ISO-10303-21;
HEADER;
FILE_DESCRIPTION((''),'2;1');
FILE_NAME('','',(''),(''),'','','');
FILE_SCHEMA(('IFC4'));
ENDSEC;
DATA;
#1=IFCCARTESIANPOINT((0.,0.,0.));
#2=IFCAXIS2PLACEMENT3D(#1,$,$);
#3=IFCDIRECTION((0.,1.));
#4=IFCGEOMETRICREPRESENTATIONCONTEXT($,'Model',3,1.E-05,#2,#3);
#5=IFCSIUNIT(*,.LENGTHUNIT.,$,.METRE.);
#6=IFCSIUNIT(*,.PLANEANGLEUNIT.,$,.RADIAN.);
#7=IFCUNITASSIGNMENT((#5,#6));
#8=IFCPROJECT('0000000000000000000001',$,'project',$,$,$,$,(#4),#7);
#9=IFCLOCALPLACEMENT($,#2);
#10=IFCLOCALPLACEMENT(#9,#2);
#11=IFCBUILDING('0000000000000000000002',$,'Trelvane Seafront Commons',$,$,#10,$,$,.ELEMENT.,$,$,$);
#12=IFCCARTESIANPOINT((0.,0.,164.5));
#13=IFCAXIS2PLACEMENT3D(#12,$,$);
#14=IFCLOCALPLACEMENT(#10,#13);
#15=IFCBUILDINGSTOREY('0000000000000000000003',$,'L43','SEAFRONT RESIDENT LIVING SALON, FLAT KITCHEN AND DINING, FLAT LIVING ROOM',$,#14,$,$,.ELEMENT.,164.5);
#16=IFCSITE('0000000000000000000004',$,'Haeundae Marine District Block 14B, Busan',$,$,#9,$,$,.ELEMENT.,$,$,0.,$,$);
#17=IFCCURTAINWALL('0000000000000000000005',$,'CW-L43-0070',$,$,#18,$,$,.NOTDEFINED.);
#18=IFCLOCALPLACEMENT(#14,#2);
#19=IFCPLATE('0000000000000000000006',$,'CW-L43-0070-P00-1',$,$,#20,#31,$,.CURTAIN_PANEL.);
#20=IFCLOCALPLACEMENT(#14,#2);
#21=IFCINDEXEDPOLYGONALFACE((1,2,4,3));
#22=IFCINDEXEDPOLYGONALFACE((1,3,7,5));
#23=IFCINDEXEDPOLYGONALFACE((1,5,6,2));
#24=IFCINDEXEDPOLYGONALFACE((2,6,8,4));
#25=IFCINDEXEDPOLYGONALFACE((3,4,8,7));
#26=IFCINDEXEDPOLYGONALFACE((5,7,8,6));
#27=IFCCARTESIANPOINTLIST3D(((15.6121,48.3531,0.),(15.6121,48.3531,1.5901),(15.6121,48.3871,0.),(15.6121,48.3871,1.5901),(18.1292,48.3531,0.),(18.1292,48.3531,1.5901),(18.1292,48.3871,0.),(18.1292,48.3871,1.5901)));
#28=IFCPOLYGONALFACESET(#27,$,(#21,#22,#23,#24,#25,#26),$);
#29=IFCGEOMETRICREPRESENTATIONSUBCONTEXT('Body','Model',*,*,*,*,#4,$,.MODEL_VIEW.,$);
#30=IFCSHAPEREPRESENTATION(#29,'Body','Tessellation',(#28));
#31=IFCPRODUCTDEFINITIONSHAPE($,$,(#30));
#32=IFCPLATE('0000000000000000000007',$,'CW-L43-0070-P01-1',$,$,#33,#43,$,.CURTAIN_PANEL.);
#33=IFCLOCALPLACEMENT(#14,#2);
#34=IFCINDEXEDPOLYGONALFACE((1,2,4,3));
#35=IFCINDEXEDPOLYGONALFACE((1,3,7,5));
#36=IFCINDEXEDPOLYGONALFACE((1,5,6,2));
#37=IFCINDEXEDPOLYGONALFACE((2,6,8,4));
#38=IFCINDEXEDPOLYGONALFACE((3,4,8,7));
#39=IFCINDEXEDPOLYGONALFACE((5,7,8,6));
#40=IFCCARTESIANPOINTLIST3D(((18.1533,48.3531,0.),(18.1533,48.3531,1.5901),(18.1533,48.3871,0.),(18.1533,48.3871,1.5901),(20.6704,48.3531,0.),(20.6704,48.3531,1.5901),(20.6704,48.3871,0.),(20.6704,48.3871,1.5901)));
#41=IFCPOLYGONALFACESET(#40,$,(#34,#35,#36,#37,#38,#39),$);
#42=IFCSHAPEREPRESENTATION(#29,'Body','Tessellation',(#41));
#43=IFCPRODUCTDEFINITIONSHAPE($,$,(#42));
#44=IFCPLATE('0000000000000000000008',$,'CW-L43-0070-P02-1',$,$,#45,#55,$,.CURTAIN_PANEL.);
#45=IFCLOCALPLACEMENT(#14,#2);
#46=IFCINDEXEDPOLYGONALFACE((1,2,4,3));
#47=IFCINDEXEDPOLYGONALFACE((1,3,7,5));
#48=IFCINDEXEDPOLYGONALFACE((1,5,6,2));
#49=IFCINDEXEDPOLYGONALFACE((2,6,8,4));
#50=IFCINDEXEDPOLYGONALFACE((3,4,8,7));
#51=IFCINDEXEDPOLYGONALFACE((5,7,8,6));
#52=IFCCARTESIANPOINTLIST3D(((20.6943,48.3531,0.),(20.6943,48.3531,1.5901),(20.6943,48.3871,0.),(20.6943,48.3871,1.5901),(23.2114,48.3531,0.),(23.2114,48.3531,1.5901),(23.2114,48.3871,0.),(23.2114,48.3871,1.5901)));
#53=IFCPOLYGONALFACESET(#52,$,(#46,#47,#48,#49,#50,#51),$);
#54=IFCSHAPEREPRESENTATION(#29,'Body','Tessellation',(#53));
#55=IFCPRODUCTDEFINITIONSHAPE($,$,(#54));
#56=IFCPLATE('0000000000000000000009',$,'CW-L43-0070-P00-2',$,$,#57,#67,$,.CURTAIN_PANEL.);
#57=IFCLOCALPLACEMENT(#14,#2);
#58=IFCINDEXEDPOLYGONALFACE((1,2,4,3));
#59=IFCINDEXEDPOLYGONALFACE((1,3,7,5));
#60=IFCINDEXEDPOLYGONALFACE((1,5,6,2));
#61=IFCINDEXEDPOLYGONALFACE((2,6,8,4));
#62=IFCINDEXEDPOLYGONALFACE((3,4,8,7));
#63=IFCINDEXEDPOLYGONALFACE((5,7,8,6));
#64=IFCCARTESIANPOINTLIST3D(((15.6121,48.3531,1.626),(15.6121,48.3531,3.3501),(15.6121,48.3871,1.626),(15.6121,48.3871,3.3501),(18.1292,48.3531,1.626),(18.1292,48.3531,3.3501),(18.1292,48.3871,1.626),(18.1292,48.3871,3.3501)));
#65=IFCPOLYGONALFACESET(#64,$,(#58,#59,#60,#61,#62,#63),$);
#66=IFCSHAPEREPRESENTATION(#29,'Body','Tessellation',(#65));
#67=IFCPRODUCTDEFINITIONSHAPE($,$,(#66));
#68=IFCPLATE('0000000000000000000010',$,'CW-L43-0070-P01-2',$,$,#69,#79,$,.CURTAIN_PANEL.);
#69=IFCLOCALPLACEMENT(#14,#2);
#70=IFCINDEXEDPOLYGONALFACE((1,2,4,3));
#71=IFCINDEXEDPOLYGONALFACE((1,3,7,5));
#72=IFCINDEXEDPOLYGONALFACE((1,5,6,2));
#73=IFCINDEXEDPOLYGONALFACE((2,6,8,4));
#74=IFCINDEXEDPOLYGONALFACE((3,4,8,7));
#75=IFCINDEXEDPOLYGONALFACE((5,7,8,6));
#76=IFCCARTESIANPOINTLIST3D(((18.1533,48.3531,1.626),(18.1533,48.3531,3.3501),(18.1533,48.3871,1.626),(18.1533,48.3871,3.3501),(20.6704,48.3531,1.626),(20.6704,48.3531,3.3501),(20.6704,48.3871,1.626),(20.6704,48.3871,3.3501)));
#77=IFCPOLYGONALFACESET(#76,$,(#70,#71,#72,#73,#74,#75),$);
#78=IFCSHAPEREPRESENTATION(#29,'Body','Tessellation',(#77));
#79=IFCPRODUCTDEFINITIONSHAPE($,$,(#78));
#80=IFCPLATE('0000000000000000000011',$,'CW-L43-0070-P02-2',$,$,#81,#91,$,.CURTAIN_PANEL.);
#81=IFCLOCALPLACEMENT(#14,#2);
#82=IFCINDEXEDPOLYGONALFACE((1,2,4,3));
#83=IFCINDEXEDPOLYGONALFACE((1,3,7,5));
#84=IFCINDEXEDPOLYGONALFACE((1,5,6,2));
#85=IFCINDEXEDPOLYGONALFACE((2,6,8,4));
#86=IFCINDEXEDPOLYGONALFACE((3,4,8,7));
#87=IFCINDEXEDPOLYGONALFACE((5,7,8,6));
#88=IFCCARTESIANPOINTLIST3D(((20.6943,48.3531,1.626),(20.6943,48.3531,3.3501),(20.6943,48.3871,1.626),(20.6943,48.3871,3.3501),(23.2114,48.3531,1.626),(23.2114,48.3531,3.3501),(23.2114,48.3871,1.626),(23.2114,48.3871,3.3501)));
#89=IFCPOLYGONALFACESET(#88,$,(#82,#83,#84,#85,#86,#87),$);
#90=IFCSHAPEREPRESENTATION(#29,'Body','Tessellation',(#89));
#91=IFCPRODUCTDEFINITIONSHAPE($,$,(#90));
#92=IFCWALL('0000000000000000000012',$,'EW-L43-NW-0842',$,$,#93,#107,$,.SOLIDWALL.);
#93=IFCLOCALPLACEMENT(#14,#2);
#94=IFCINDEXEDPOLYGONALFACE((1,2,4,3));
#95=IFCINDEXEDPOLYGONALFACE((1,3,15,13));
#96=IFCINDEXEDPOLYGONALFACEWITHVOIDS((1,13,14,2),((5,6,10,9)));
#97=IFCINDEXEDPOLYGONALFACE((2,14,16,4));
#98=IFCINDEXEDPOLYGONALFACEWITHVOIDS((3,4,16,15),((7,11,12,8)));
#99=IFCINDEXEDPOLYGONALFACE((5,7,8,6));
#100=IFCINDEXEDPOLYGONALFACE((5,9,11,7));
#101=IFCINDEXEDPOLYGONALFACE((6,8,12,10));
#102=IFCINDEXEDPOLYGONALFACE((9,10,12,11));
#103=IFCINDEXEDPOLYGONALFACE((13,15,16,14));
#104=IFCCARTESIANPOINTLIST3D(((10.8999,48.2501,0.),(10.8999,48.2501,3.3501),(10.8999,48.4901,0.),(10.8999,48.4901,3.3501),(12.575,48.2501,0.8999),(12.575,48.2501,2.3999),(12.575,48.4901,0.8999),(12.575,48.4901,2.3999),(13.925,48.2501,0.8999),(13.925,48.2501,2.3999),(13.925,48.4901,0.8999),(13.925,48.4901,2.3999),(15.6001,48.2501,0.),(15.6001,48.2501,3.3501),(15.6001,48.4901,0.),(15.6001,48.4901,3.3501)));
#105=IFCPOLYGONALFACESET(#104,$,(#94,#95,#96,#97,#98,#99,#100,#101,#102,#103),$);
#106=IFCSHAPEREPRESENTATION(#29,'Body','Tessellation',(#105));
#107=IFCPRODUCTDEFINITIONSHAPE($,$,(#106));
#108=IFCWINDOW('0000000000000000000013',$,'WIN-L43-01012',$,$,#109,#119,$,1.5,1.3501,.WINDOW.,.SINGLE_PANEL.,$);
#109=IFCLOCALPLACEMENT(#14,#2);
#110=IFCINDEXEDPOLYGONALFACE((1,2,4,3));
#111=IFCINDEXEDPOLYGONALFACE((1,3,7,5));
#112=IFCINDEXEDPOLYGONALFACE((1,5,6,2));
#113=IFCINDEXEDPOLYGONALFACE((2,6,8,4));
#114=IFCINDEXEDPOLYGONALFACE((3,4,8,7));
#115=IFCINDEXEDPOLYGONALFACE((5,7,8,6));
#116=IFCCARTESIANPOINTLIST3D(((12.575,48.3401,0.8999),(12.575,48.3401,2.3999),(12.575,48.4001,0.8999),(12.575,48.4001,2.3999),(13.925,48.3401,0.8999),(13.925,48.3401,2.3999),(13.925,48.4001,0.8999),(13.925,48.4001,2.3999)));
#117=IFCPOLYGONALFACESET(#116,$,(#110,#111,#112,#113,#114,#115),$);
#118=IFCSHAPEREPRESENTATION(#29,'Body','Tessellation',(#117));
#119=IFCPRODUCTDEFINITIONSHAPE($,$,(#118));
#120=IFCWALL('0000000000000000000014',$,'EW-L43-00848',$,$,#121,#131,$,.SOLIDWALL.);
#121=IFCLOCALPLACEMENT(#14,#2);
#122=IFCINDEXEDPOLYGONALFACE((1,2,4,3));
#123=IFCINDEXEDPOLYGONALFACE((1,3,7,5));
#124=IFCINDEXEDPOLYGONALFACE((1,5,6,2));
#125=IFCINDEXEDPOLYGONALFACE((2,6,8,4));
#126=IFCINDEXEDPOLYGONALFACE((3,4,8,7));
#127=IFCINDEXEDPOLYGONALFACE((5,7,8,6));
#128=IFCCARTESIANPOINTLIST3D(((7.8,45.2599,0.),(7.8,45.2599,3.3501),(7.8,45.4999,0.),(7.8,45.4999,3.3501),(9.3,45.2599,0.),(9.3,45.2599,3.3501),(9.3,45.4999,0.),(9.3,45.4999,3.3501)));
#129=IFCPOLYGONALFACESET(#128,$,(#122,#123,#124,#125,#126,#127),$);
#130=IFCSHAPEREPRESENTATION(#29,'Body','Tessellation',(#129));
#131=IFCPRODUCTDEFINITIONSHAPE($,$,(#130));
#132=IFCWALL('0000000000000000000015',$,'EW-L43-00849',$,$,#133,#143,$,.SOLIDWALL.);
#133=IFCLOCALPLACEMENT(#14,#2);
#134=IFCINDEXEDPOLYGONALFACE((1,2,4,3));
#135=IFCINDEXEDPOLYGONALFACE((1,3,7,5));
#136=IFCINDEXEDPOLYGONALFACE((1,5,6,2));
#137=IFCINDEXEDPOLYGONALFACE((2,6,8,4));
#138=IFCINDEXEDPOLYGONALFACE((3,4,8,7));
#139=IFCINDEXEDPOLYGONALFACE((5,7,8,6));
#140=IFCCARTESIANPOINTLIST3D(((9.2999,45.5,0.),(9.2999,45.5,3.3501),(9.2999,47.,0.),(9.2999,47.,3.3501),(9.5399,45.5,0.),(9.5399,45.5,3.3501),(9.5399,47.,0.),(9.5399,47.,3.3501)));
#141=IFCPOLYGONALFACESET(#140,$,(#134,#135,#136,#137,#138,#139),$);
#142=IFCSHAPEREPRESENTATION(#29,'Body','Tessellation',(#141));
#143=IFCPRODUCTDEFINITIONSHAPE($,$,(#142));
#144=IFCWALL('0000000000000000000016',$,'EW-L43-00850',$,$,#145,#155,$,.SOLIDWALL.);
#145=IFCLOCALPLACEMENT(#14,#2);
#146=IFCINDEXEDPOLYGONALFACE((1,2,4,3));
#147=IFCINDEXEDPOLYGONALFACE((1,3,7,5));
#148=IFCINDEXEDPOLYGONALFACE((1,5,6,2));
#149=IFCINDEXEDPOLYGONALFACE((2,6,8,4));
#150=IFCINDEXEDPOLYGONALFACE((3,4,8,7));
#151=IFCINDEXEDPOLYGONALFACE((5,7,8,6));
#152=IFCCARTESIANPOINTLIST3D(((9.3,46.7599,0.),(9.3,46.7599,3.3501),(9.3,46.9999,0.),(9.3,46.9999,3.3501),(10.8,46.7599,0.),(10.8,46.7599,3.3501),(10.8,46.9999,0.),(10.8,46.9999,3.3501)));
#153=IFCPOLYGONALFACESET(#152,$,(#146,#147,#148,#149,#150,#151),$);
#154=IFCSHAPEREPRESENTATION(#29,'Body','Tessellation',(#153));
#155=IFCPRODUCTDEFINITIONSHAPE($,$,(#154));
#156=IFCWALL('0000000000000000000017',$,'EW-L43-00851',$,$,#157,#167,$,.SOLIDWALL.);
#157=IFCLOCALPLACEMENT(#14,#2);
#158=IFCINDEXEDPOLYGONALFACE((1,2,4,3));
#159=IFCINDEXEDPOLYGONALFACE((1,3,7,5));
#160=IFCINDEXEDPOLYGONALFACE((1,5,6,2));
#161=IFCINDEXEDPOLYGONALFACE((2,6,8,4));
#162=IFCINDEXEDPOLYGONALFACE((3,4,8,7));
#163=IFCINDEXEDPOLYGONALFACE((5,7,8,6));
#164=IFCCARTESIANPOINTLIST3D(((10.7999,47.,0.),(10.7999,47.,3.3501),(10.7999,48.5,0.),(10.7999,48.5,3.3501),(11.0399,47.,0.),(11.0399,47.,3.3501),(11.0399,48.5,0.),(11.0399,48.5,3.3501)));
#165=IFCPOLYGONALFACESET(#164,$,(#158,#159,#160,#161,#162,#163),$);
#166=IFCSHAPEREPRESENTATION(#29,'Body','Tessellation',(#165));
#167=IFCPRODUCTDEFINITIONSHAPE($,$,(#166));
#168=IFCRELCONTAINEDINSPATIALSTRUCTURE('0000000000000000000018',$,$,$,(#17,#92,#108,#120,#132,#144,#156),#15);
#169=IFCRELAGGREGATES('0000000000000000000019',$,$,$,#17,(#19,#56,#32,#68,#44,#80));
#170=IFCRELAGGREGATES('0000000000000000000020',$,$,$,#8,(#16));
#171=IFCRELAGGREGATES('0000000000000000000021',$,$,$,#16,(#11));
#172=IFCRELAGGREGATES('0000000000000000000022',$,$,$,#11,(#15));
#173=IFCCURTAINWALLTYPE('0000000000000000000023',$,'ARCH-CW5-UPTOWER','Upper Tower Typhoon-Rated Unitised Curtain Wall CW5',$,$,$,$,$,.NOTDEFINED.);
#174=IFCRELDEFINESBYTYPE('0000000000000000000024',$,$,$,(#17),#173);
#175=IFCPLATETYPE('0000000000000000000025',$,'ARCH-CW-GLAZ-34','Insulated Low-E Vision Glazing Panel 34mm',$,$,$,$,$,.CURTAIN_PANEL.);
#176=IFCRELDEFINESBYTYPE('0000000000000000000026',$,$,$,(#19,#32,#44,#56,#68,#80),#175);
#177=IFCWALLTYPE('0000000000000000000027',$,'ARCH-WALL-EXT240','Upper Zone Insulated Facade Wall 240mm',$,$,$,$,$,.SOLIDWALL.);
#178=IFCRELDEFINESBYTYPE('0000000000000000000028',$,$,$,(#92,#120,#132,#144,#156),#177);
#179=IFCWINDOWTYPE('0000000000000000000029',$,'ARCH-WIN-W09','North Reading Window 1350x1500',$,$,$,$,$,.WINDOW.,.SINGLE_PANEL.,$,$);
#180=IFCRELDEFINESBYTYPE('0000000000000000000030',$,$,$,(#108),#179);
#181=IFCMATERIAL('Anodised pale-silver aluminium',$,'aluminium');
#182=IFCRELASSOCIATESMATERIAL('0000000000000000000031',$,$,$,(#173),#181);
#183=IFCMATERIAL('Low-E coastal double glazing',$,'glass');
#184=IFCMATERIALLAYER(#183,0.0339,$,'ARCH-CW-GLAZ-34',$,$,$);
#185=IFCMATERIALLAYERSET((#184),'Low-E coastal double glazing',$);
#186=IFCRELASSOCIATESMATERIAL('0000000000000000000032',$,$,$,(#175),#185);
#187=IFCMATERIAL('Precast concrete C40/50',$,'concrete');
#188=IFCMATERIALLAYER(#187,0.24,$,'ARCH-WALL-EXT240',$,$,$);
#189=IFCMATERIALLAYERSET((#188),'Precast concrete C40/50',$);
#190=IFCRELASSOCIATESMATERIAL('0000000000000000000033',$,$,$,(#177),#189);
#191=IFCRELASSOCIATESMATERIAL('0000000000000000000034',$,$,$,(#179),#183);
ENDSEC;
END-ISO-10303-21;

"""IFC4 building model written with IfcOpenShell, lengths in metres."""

from ifc_helpers import new_model, si_unit, direction, frame, frame_2d, origin, origin_2d, place, context, subcontext, project, spatial, rectangle, extrude, source, transform, mapped, material, layer, layer_set, type_object, element, fill, aggregate, save


model = new_model("IFC4")

# Units and contexts
model_context = context("Model", 3, precision=1e-05, world=origin(), true_north=direction((0.0, 1.0)))
body_context = subcontext(model_context, "Body", "Model", "MODEL_VIEW")
ifc_project = project(units=[si_unit("LENGTHUNIT", "METRE"), si_unit("PLANEANGLEUNIT", "RADIAN")], contexts=[model_context])

# Site, building, storey
site_placement = place(None, origin())
site = spatial("IfcSite", under=ifc_project, at=site_placement, Name="Haeundae Marine District Block 14B, Busan", CompositionType="ELEMENT", RefElevation=0.0)
building_placement = place(site_placement, origin())
building = spatial("IfcBuilding", under=site, at=building_placement, Name="Trelvane Seafront Commons", CompositionType="ELEMENT")
storey_placement = place(building_placement, frame((0.0, 0.0, 164.5)))
storey = spatial("IfcBuildingStorey", under=building, at=storey_placement, Name="L43", Description="SEAFRONT RESIDENT LIVING SALON, FLAT KITCHEN AND DINING, FLAT LIVING ROOM", CompositionType="ELEMENT", Elevation=164.5)

# Curtain wall
ifc_material_1 = material(Name="Anodised pale-silver aluminium", Category="aluminium")
curtain_wall_type = type_object("IfcCurtainWallType", Name="ARCH-CW5-UPTOWER", Description="Upper Tower Typhoon-Rated Unitised Curtain Wall CW5", PredefinedType="NOTDEFINED", material=ifc_material_1)
curtain_wall_placement = place(storey_placement, origin())
curtain_wall = element("IfcCurtainWall", 1, at=curtain_wall_placement, inside=storey, type_object=curtain_wall_type, Name="CW-L43-0070", PredefinedType="NOTDEFINED")

# Plates
ifc_material_2 = material(Name="Low-E coastal double glazing", Category="glass")
ifc_layer_1 = layer(ifc_material_2, 0.0339, Name="ARCH-CW-GLAZ-34")
ifc_layer_set_1 = layer_set([ifc_layer_1], Name="Low-E coastal double glazing")
plate_type_1 = type_object("IfcPlateType", Name="ARCH-CW-GLAZ-34", Description="Insulated Low-E Vision Glazing Panel 34mm", PredefinedType="CURTAIN_PANEL", material=ifc_layer_set_1)
shared_shape_1 = source(origin(), body_context, "Body", "SweptSolid", [
    extrude(rectangle(XDim=2.5171, YDim=0.0339, at=origin_2d()), origin(), (0.0, 0.0, 1.0), 1.5901),
])
plate_1_placement = place(storey_placement, frame((16.8706, 48.3701, 0.0), z_axis=(0.0, 0.0, 1.0), x_axis=(1.0, 0.0, 0.0)))
plate_1 = element("IfcPlate", 2, at=plate_1_placement, type_object=plate_type_1, Name="CW-L43-0070-P00-1", PredefinedType="CURTAIN_PANEL", context=body_context, shape_type="MappedRepresentation", body=[
    mapped(shared_shape_1, transform((0.0, 0.0, 0.0), x_axis=(1.0, 0.0, 0.0), y_axis=(0.0, 1.0, 0.0), z_axis=(0.0, 0.0, 1.0), scale=1.0)),
])
plate_2_placement = place(storey_placement, frame((19.4119, 48.3701, 0.0), z_axis=(0.0, 0.0, 1.0), x_axis=(1.0, 0.0, 0.0)))
plate_2 = element("IfcPlate", 3, at=plate_2_placement, type_object=plate_type_1, Name="CW-L43-0070-P01-1", PredefinedType="CURTAIN_PANEL", context=body_context, shape_type="MappedRepresentation", body=[
    mapped(shared_shape_1, transform((0.0, 0.0, 0.0), x_axis=(1.0, 0.0, 0.0), y_axis=(0.0, 1.0, 0.0), z_axis=(0.0, 0.0, 1.0), scale=1.0)),
])
plate_3_placement = place(storey_placement, frame((21.9529, 48.3701, 0.0), z_axis=(0.0, 0.0, 1.0), x_axis=(1.0, 0.0, 0.0)))
plate_3 = element("IfcPlate", 4, at=plate_3_placement, type_object=plate_type_1, Name="CW-L43-0070-P02-1", PredefinedType="CURTAIN_PANEL", context=body_context, shape_type="MappedRepresentation", body=[
    mapped(shared_shape_1, transform((0.0, 0.0, 0.0), x_axis=(1.0, 0.0, 0.0), y_axis=(0.0, 1.0, 0.0), z_axis=(0.0, 0.0, 1.0), scale=1.0)),
])
shared_shape_2 = source(origin(), body_context, "Body", "SweptSolid", [
    extrude(rectangle(XDim=2.5171, YDim=0.0339, at=origin_2d()), origin(), (0.0, 0.0, 1.0), 1.7241),
])
plate_4_placement = place(storey_placement, frame((16.8706, 48.3701, 1.626), z_axis=(0.0, 0.0, 1.0), x_axis=(1.0, 0.0, 0.0)))
plate_4 = element("IfcPlate", 5, at=plate_4_placement, type_object=plate_type_1, Name="CW-L43-0070-P00-2", PredefinedType="CURTAIN_PANEL", context=body_context, shape_type="MappedRepresentation", body=[
    mapped(shared_shape_2, transform((0.0, 0.0, 0.0), x_axis=(1.0, 0.0, 0.0), y_axis=(0.0, 1.0, 0.0), z_axis=(0.0, 0.0, 1.0), scale=1.0)),
])
plate_5_placement = place(storey_placement, frame((19.4119, 48.3701, 1.626), z_axis=(0.0, 0.0, 1.0), x_axis=(1.0, 0.0, 0.0)))
plate_5 = element("IfcPlate", 6, at=plate_5_placement, type_object=plate_type_1, Name="CW-L43-0070-P01-2", PredefinedType="CURTAIN_PANEL", context=body_context, shape_type="MappedRepresentation", body=[
    mapped(shared_shape_2, transform((0.0, 0.0, 0.0), x_axis=(1.0, 0.0, 0.0), y_axis=(0.0, 1.0, 0.0), z_axis=(0.0, 0.0, 1.0), scale=1.0)),
])
plate_6_placement = place(storey_placement, frame((21.9529, 48.3701, 1.626), z_axis=(0.0, 0.0, 1.0), x_axis=(1.0, 0.0, 0.0)))
plate_6 = element("IfcPlate", 7, at=plate_6_placement, type_object=plate_type_1, Name="CW-L43-0070-P02-2", PredefinedType="CURTAIN_PANEL", context=body_context, shape_type="MappedRepresentation", body=[
    mapped(shared_shape_2, transform((0.0, 0.0, 0.0), x_axis=(1.0, 0.0, 0.0), y_axis=(0.0, 1.0, 0.0), z_axis=(0.0, 0.0, 1.0), scale=1.0)),
])
aggregate(curtain_wall, [plate_1, plate_4, plate_2, plate_5, plate_3, plate_6])

# Wall, opening, window
ifc_material_3 = material(Name="Precast concrete C40/50", Category="concrete")
ifc_layer_2 = layer(ifc_material_3, 0.24, Name="ARCH-WALL-EXT240")
ifc_layer_set_2 = layer_set([ifc_layer_2], Name="Precast concrete C40/50")
wall_type = type_object("IfcWallType", Name="ARCH-WALL-EXT240", Description="Upper Zone Insulated Facade Wall 240mm", PredefinedType="SOLIDWALL", material=ifc_layer_set_2)
wall_placement = place(storey_placement, frame((10.8999, 48.3701, 0.0), z_axis=(0.0, 0.0, 1.0), x_axis=(1.0, 0.0, 0.0)))
wall = element("IfcWall", 8, at=wall_placement, inside=storey, type_object=wall_type, Name="EW-L43-NW-0842", PredefinedType="SOLIDWALL", context=body_context, shape_type="SweptSolid", body=[
    extrude(rectangle(XDim=4.7002, YDim=0.24, at=frame_2d((2.3501, 0.0))), origin(), (0.0, 0.0, 1.0), 3.3501),
])
opening_placement = place(wall_placement, frame((1.675, 0.0, 0.8999)))
opening = element("IfcOpeningElement", 9, at=opening_placement, cuts=wall, PredefinedType="OPENING", context=body_context, shape_type="SweptSolid", body=[
    extrude(rectangle(XDim=1.3501, YDim=1.5, at=frame_2d((0.675, 0.75))), frame((0.0, 0.1299, 0.0), z_axis=(0.0, -1.0, 0.0), x_axis=(1.0, 0.0, 0.0)), (0.0, 0.0, 1.0), 0.26),
])
window_type = type_object("IfcWindowType", Name="ARCH-WIN-W09", Description="North Reading Window 1350x1500", PartitioningType="SINGLE_PANEL", PredefinedType="WINDOW", material=ifc_material_2)
shared_shape_3 = source(origin(), body_context, "Body", "SweptSolid", [
    extrude(rectangle(XDim=1.3501, YDim=1.5, at=frame_2d((0.675, 0.75))), frame((0.0, 0.03, 0.0), z_axis=(0.0, -1.0, 0.0), x_axis=(1.0, 0.0, 0.0)), (0.0, 0.0, 1.0), 0.0601),
])
window_placement = place(opening_placement, origin())
window = element("IfcWindow", 10, at=window_placement, inside=storey, type_object=window_type, Name="WIN-L43-01012", OverallHeight=1.5, OverallWidth=1.3501, PartitioningType="SINGLE_PANEL", PredefinedType="WINDOW", context=body_context, shape_type="MappedRepresentation", body=[
    mapped(shared_shape_3, transform((0.0, 0.0, 0.0), x_axis=(1.0, 0.0, 0.0), y_axis=(0.0, 1.0, 0.0), z_axis=(0.0, 0.0, 1.0), scale=1.0)),
])
fill(opening, window)

# Walls
for number, where, z_axis, x_axis, name in (
    (11, (7.8, 45.3799, 0.0), (0.0, 0.0, 1.0), (1.0, 0.0, 0.0), "EW-L43-00848"),
    (12, (9.4199, 45.5, 0.0), (0.0, 0.0, 1.0), (0.0, 1.0, 0.0), "EW-L43-00849"),
    (13, (9.3, 46.8799, 0.0), (0.0, 0.0, 1.0), (1.0, 0.0, 0.0), "EW-L43-00850"),
    (14, (10.9199, 47.0, 0.0), (0.0, 0.0, 1.0), (0.0, 1.0, 0.0), "EW-L43-00851"),
):
    element("IfcWall", number, at=place(storey_placement, frame(where, z_axis=z_axis, x_axis=x_axis)), inside=storey, type_object=wall_type, Name=name, PredefinedType="SOLIDWALL", context=body_context, shape_type="SweptSolid", body=[
        extrude(rectangle(XDim=1.5, YDim=0.24, at=frame_2d((0.75, 0.0))), origin(), (0.0, 0.0, 1.0), 3.3501),
    ])

save(model, "model.ifc")
